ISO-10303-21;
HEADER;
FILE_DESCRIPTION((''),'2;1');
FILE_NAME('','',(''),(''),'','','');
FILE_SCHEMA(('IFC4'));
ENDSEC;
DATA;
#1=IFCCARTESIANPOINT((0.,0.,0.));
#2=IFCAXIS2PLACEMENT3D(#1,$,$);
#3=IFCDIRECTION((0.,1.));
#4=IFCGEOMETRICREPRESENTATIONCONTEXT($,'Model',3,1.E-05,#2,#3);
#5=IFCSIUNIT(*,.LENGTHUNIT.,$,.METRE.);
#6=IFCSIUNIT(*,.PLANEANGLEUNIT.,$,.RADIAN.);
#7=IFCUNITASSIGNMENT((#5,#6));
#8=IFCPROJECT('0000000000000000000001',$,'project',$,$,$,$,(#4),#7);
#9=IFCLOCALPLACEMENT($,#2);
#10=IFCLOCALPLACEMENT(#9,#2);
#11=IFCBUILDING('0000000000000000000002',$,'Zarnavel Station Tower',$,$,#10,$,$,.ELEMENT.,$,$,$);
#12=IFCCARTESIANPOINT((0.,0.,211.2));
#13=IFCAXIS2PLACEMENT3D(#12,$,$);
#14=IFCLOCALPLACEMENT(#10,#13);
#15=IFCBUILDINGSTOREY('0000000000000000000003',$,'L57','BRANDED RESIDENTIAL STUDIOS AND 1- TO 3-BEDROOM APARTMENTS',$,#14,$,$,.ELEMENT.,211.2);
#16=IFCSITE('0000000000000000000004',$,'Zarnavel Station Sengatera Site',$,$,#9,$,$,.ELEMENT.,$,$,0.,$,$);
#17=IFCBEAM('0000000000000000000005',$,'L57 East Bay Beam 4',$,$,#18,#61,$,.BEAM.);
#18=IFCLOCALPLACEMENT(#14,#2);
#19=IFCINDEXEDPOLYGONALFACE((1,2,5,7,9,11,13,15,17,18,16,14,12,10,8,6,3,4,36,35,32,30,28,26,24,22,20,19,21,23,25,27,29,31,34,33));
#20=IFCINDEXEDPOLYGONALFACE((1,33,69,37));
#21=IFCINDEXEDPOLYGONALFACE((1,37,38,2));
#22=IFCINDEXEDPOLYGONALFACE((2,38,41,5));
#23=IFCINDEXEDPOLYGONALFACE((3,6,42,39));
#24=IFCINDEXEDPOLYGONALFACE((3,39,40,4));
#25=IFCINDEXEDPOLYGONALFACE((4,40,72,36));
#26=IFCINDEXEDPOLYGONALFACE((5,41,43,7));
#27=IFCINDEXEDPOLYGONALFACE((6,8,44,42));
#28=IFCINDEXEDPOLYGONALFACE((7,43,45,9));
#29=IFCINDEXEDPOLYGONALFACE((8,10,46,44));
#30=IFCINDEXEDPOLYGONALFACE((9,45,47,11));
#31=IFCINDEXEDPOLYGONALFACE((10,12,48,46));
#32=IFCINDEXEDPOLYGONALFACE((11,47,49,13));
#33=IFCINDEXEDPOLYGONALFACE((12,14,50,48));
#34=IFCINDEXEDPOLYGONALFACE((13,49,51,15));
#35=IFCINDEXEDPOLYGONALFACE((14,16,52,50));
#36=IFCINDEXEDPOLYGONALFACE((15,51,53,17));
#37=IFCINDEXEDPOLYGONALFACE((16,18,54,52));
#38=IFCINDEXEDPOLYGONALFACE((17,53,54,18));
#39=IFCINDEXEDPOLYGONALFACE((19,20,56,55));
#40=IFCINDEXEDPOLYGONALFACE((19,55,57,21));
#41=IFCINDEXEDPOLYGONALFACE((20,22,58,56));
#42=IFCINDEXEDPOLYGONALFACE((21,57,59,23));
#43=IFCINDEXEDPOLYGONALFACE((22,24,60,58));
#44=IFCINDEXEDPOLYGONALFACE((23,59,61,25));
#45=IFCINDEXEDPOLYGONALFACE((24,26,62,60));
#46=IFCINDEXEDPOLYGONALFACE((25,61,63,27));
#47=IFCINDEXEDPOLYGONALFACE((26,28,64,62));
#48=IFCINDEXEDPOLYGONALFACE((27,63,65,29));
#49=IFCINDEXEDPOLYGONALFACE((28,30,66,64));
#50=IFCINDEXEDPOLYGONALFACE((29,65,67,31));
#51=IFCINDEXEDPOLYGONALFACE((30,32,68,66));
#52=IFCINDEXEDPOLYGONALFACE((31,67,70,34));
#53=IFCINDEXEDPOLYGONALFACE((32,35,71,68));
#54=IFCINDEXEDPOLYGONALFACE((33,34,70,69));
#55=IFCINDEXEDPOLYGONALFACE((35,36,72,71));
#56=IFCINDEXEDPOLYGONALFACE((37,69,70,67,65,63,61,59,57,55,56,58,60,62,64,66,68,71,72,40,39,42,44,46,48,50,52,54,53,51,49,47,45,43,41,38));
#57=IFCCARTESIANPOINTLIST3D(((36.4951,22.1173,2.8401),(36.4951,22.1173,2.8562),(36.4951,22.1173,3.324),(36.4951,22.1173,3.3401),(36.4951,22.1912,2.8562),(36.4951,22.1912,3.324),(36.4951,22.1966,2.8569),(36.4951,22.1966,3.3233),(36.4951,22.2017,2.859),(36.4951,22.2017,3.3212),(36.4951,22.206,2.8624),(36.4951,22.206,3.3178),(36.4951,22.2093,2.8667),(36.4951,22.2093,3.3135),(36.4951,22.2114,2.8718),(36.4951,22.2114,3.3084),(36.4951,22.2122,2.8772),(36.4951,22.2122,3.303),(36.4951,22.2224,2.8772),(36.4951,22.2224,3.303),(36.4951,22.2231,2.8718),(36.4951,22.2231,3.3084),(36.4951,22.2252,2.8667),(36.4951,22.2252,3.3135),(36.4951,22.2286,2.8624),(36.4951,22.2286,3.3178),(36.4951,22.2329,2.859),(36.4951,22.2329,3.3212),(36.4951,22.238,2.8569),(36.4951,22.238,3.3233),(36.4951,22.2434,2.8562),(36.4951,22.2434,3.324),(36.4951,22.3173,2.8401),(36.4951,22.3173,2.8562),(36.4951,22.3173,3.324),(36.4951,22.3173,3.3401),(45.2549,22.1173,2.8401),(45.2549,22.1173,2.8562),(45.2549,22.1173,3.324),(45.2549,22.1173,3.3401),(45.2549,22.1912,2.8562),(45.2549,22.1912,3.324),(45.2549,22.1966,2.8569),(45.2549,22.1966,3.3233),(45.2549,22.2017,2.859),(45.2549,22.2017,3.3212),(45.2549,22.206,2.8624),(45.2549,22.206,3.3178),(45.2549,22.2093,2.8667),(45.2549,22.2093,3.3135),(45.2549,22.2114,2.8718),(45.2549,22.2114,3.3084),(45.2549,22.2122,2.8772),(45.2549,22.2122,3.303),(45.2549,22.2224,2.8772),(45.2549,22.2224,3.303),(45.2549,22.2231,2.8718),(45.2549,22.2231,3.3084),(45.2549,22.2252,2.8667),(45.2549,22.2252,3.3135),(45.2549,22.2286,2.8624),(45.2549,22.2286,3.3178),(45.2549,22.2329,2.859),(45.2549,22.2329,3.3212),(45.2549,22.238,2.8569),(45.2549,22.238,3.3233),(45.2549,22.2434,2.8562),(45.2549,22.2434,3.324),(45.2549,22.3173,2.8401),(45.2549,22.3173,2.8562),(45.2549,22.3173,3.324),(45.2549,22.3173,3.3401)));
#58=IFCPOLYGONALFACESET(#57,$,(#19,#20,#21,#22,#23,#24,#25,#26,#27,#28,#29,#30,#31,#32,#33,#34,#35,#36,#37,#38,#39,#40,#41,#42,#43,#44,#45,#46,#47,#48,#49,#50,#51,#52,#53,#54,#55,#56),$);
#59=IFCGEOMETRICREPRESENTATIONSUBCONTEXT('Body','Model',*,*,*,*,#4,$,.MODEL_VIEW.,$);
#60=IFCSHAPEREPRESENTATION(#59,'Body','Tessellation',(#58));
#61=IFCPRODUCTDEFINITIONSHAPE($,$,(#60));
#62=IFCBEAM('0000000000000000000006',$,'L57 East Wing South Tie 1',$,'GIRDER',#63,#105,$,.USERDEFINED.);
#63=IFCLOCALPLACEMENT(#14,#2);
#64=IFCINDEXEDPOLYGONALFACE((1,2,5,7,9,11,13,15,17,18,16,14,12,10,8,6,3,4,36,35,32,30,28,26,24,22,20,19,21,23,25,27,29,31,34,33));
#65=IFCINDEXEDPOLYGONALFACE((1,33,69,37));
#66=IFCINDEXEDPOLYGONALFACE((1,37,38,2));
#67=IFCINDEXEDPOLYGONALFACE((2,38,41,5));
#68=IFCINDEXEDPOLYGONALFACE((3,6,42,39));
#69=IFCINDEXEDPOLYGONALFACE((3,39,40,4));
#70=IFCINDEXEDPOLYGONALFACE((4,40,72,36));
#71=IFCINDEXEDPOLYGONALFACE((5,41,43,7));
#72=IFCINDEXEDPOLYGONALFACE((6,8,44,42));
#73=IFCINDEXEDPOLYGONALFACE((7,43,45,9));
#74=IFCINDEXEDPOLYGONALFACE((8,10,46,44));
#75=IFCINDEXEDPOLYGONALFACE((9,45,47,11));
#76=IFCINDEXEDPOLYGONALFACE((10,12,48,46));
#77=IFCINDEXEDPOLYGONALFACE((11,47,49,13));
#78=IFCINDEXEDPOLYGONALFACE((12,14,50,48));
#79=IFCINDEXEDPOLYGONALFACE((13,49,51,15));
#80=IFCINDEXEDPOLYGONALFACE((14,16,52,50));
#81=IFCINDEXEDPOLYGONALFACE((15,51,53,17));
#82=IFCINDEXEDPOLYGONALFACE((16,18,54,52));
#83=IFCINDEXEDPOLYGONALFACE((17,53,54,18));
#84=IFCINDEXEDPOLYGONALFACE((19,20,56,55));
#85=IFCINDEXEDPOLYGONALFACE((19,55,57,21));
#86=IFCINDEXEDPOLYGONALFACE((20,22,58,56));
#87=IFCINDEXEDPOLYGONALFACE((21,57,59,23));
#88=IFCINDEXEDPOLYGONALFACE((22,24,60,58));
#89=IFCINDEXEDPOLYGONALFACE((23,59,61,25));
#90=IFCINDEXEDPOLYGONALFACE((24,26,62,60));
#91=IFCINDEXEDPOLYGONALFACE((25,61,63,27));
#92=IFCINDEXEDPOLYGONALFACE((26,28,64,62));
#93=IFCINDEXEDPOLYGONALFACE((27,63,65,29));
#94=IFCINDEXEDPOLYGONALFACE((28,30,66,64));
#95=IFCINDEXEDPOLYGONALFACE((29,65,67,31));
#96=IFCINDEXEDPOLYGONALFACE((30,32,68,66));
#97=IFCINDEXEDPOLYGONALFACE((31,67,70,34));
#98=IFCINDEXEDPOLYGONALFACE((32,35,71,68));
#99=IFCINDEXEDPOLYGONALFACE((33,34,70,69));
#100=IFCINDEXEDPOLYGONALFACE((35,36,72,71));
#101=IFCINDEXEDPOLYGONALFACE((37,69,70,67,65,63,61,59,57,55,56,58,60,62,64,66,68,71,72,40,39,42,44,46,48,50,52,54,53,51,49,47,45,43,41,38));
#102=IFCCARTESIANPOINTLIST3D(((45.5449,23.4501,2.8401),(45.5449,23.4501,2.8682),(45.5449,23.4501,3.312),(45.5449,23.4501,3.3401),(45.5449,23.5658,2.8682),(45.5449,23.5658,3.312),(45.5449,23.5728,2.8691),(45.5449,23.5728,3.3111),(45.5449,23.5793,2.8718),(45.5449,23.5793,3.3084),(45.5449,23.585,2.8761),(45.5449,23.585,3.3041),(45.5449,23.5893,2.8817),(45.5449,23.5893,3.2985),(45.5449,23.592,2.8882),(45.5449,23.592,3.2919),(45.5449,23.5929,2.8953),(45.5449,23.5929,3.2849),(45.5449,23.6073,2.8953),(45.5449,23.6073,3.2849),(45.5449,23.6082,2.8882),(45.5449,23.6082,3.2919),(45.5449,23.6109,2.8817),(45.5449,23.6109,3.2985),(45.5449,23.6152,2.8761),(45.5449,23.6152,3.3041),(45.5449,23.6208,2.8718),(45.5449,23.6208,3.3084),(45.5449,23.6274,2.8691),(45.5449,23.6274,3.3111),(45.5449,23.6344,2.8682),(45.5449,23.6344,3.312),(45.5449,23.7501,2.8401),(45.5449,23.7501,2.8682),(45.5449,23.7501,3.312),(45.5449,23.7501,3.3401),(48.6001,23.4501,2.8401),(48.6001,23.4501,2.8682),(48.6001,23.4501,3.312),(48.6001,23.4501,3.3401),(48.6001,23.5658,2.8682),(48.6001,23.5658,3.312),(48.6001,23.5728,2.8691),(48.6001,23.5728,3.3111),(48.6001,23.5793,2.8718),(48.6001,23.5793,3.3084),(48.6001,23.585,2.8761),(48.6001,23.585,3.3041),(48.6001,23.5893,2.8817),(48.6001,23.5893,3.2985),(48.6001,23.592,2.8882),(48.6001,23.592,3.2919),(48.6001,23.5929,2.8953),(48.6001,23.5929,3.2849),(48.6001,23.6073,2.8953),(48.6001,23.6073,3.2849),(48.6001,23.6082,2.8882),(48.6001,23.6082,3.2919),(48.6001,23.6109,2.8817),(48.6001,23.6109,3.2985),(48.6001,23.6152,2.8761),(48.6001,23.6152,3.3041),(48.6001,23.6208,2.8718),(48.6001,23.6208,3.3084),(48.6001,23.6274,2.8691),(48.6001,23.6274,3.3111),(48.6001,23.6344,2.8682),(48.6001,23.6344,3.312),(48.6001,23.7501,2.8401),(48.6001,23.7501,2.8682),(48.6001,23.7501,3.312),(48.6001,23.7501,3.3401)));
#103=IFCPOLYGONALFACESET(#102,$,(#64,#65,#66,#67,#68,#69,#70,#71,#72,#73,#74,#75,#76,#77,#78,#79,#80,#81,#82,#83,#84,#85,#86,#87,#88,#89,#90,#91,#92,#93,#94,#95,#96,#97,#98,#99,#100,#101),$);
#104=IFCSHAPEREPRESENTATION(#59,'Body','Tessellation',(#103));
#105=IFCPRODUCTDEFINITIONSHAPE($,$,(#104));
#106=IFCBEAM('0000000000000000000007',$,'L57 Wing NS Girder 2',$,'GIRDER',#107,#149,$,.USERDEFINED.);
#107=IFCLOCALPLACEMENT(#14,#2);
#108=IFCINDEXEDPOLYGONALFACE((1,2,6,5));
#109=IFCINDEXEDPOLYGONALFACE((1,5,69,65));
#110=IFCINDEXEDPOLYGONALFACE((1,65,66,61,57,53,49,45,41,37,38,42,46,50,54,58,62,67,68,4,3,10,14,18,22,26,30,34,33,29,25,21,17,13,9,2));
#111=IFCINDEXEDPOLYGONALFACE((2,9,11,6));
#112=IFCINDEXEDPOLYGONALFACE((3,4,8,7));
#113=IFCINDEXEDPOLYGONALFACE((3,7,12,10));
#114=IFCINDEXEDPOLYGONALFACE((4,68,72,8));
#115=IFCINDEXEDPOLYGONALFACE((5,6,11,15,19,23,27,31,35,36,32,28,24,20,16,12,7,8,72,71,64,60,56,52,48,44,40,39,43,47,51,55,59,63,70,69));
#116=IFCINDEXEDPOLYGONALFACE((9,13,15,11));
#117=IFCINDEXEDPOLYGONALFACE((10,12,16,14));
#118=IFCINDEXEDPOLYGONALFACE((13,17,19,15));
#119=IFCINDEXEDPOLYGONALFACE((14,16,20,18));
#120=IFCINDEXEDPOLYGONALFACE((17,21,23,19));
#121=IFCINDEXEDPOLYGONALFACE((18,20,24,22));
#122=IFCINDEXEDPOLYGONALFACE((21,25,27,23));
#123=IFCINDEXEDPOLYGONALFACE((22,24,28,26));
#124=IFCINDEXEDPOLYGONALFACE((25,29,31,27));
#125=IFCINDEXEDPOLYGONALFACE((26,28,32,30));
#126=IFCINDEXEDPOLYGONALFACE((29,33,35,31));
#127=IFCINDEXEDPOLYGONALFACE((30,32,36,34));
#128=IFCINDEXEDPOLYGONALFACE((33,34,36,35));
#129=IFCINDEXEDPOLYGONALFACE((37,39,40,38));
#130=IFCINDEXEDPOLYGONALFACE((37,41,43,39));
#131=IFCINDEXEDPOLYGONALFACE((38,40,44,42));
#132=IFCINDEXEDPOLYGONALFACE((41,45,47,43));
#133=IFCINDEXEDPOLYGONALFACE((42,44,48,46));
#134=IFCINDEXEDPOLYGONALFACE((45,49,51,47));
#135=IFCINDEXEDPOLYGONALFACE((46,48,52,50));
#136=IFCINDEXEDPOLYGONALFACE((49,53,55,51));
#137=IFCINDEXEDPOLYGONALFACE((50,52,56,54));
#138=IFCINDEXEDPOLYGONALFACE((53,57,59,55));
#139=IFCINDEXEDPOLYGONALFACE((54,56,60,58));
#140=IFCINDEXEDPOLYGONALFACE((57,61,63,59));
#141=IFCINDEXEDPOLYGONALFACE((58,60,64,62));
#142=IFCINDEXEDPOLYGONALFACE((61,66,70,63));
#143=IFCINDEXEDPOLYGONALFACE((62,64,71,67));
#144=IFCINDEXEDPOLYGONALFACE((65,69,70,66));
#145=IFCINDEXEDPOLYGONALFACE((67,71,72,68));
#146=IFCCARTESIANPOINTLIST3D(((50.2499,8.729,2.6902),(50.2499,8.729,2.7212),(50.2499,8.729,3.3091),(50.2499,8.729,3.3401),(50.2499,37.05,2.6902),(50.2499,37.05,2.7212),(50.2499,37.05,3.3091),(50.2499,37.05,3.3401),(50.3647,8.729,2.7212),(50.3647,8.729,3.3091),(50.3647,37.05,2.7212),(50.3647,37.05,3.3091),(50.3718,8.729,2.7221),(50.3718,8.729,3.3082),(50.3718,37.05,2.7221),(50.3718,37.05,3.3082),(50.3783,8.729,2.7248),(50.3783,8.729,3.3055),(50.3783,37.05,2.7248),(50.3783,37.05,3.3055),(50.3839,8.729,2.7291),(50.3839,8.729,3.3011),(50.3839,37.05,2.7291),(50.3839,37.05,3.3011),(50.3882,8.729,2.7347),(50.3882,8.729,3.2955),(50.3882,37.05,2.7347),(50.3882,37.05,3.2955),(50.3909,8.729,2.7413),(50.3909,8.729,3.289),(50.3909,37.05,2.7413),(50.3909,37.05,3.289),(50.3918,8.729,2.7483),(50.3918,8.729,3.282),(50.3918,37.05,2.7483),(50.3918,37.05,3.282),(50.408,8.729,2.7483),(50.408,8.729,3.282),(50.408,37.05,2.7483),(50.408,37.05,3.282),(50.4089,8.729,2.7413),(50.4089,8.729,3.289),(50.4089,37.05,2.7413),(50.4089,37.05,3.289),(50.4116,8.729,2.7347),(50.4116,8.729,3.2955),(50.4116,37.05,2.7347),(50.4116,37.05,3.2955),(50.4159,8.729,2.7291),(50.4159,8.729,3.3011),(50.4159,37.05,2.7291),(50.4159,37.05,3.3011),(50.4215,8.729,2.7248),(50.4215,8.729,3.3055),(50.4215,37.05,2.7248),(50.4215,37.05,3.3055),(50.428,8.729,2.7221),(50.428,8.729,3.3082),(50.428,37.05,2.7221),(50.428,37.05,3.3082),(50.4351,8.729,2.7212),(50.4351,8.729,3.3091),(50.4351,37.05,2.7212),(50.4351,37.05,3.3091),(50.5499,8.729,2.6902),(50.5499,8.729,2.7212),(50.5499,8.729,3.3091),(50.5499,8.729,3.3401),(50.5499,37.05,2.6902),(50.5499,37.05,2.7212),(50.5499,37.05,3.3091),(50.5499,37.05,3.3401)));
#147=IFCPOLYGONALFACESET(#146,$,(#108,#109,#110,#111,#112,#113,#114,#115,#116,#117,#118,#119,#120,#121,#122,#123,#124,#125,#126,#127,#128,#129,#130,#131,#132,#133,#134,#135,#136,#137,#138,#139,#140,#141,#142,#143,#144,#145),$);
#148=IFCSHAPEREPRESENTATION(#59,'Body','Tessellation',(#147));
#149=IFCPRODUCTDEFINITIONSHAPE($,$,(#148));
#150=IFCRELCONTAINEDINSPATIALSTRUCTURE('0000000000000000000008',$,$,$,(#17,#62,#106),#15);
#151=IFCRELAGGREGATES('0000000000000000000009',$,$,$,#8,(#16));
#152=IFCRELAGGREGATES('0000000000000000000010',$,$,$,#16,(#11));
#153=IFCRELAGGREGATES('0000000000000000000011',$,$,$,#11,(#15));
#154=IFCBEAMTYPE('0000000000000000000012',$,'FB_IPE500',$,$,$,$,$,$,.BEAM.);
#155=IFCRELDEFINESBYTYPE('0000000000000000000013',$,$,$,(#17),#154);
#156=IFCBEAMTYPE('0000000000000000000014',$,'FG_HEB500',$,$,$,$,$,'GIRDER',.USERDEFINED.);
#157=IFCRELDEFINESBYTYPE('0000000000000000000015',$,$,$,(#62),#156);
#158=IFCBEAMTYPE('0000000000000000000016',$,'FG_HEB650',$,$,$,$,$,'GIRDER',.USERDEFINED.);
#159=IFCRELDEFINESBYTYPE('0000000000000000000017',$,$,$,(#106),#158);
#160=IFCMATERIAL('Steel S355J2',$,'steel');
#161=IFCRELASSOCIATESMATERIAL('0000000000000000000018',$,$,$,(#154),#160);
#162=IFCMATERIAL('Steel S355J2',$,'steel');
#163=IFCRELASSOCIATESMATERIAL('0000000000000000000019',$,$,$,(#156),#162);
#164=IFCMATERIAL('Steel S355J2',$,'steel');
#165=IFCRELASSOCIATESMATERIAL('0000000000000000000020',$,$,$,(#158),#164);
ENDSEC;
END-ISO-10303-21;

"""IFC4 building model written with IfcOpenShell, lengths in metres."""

from ifc_helpers import new_model, si_unit, direction, frame, origin, origin_2d, place, context, subcontext, project, spatial, i_section, extrude, material, material_profile, profile_set, type_object, element, save


model = new_model("IFC4")

# Units and contexts
model_context = context("Model", 3, precision=1e-05, world=origin(), true_north=direction((0.0, 1.0)))
body_context = subcontext(model_context, "Body", "Model", "MODEL_VIEW")
ifc_project = project(units=[si_unit("LENGTHUNIT", "METRE"), si_unit("PLANEANGLEUNIT", "RADIAN")], contexts=[model_context])

# Site, building, storey
site_placement = place(None, origin())
site = spatial("IfcSite", under=ifc_project, at=site_placement, Name="Zarnavel Station Sengatera Site", CompositionType="ELEMENT", RefElevation=0.0)
building_placement = place(site_placement, origin())
building = spatial("IfcBuilding", under=site, at=building_placement, Name="Zarnavel Station Tower", CompositionType="ELEMENT")
storey_placement = place(building_placement, frame((0.0, 0.0, 211.2)))
storey = spatial("IfcBuildingStorey", under=building, at=storey_placement, Name="L57", Description="BRANDED RESIDENTIAL STUDIOS AND 1- TO 3-BEDROOM APARTMENTS", CompositionType="ELEMENT", Elevation=211.2)

# Beams
ifc_material_1 = material(Name="Steel S355J2", Category="steel")
ifc_material_profile_1 = material_profile(ifc_material_1, i_section(OverallWidth=0.2, OverallDepth=0.5, WebThickness=0.0103, FlangeThickness=0.0161, FilletRadius=0.021, at=origin_2d()), Name="IPE500")
ifc_profile_set_1 = profile_set([ifc_material_profile_1], Name="Steel S355J2")
beam_type_1 = type_object("IfcBeamType", Name="FB_IPE500", PredefinedType="BEAM", material=ifc_profile_set_1)
for number, where, z_axis, x_axis, name in (
    (1, (36.4951, 22.2173, 3.0901), (1.0, 0.0, 0.0), (0.0, 1.0, 0.0), "L57 East Bay Beam 4"),
):
    element("IfcBeam", number, at=place(storey_placement, frame(where, z_axis=z_axis, x_axis=x_axis)), inside=storey, type_object=beam_type_1, Name=name, PredefinedType="BEAM", context=body_context, shape_type="SweptSolid", body=[
        extrude(i_section(OverallWidth=0.2, OverallDepth=0.5, WebThickness=0.0103, FlangeThickness=0.0161, FilletRadius=0.021, at=origin_2d()), origin(), (0.0, 0.0, 1.0), 8.7598),
    ])
ifc_material_2 = material(Name="Steel S355J2", Category="steel")
ifc_material_profile_2 = material_profile(ifc_material_2, i_section(OverallWidth=0.3, OverallDepth=0.5, WebThickness=0.0144, FlangeThickness=0.0281, FilletRadius=0.0271, at=origin_2d()), Name="HEB500")
ifc_profile_set_2 = profile_set([ifc_material_profile_2], Name="Steel S355J2")
beam_type_2 = type_object("IfcBeamType", Name="FG_HEB500", ElementType="GIRDER", PredefinedType="USERDEFINED", material=ifc_profile_set_2)
beam_1_placement = place(storey_placement, frame((45.5449, 23.6001, 3.0901), z_axis=(1.0, 0.0, 0.0), x_axis=(0.0, 1.0, 0.0)))
element("IfcBeam", 2, at=beam_1_placement, inside=storey, type_object=beam_type_2, Name="L57 East Wing South Tie 1", ObjectType="GIRDER", PredefinedType="USERDEFINED", context=body_context, shape_type="SweptSolid", body=[
    extrude(i_section(OverallWidth=0.3, OverallDepth=0.5, WebThickness=0.0144, FlangeThickness=0.0281, FilletRadius=0.0271, at=origin_2d()), origin(), (0.0, 0.0, 1.0), 3.0552),
])
ifc_material_3 = material(Name="Steel S355J2", Category="steel")
ifc_material_profile_3 = material_profile(ifc_material_3, i_section(OverallWidth=0.3, OverallDepth=0.6499, WebThickness=0.0161, FlangeThickness=0.031, FilletRadius=0.0271, at=origin_2d()), Name="HEB650")
ifc_profile_set_3 = profile_set([ifc_material_profile_3], Name="Steel S355J2")
beam_type_3 = type_object("IfcBeamType", Name="FG_HEB650", ElementType="GIRDER", PredefinedType="USERDEFINED", material=ifc_profile_set_3)
beam_2_placement = place(storey_placement, frame((50.3999, 8.729, 3.0151), z_axis=(0.0, 1.0, 0.0), x_axis=(-1.0, 0.0, 0.0)))
element("IfcBeam", 3, at=beam_2_placement, inside=storey, type_object=beam_type_3, Name="L57 Wing NS Girder 2", ObjectType="GIRDER", PredefinedType="USERDEFINED", context=body_context, shape_type="SweptSolid", body=[
    extrude(i_section(OverallWidth=0.3, OverallDepth=0.6499, WebThickness=0.0161, FlangeThickness=0.031, FilletRadius=0.0271, at=origin_2d()), origin(), (0.0, 0.0, 1.0), 28.321),
])

save(model, "model.ifc")
